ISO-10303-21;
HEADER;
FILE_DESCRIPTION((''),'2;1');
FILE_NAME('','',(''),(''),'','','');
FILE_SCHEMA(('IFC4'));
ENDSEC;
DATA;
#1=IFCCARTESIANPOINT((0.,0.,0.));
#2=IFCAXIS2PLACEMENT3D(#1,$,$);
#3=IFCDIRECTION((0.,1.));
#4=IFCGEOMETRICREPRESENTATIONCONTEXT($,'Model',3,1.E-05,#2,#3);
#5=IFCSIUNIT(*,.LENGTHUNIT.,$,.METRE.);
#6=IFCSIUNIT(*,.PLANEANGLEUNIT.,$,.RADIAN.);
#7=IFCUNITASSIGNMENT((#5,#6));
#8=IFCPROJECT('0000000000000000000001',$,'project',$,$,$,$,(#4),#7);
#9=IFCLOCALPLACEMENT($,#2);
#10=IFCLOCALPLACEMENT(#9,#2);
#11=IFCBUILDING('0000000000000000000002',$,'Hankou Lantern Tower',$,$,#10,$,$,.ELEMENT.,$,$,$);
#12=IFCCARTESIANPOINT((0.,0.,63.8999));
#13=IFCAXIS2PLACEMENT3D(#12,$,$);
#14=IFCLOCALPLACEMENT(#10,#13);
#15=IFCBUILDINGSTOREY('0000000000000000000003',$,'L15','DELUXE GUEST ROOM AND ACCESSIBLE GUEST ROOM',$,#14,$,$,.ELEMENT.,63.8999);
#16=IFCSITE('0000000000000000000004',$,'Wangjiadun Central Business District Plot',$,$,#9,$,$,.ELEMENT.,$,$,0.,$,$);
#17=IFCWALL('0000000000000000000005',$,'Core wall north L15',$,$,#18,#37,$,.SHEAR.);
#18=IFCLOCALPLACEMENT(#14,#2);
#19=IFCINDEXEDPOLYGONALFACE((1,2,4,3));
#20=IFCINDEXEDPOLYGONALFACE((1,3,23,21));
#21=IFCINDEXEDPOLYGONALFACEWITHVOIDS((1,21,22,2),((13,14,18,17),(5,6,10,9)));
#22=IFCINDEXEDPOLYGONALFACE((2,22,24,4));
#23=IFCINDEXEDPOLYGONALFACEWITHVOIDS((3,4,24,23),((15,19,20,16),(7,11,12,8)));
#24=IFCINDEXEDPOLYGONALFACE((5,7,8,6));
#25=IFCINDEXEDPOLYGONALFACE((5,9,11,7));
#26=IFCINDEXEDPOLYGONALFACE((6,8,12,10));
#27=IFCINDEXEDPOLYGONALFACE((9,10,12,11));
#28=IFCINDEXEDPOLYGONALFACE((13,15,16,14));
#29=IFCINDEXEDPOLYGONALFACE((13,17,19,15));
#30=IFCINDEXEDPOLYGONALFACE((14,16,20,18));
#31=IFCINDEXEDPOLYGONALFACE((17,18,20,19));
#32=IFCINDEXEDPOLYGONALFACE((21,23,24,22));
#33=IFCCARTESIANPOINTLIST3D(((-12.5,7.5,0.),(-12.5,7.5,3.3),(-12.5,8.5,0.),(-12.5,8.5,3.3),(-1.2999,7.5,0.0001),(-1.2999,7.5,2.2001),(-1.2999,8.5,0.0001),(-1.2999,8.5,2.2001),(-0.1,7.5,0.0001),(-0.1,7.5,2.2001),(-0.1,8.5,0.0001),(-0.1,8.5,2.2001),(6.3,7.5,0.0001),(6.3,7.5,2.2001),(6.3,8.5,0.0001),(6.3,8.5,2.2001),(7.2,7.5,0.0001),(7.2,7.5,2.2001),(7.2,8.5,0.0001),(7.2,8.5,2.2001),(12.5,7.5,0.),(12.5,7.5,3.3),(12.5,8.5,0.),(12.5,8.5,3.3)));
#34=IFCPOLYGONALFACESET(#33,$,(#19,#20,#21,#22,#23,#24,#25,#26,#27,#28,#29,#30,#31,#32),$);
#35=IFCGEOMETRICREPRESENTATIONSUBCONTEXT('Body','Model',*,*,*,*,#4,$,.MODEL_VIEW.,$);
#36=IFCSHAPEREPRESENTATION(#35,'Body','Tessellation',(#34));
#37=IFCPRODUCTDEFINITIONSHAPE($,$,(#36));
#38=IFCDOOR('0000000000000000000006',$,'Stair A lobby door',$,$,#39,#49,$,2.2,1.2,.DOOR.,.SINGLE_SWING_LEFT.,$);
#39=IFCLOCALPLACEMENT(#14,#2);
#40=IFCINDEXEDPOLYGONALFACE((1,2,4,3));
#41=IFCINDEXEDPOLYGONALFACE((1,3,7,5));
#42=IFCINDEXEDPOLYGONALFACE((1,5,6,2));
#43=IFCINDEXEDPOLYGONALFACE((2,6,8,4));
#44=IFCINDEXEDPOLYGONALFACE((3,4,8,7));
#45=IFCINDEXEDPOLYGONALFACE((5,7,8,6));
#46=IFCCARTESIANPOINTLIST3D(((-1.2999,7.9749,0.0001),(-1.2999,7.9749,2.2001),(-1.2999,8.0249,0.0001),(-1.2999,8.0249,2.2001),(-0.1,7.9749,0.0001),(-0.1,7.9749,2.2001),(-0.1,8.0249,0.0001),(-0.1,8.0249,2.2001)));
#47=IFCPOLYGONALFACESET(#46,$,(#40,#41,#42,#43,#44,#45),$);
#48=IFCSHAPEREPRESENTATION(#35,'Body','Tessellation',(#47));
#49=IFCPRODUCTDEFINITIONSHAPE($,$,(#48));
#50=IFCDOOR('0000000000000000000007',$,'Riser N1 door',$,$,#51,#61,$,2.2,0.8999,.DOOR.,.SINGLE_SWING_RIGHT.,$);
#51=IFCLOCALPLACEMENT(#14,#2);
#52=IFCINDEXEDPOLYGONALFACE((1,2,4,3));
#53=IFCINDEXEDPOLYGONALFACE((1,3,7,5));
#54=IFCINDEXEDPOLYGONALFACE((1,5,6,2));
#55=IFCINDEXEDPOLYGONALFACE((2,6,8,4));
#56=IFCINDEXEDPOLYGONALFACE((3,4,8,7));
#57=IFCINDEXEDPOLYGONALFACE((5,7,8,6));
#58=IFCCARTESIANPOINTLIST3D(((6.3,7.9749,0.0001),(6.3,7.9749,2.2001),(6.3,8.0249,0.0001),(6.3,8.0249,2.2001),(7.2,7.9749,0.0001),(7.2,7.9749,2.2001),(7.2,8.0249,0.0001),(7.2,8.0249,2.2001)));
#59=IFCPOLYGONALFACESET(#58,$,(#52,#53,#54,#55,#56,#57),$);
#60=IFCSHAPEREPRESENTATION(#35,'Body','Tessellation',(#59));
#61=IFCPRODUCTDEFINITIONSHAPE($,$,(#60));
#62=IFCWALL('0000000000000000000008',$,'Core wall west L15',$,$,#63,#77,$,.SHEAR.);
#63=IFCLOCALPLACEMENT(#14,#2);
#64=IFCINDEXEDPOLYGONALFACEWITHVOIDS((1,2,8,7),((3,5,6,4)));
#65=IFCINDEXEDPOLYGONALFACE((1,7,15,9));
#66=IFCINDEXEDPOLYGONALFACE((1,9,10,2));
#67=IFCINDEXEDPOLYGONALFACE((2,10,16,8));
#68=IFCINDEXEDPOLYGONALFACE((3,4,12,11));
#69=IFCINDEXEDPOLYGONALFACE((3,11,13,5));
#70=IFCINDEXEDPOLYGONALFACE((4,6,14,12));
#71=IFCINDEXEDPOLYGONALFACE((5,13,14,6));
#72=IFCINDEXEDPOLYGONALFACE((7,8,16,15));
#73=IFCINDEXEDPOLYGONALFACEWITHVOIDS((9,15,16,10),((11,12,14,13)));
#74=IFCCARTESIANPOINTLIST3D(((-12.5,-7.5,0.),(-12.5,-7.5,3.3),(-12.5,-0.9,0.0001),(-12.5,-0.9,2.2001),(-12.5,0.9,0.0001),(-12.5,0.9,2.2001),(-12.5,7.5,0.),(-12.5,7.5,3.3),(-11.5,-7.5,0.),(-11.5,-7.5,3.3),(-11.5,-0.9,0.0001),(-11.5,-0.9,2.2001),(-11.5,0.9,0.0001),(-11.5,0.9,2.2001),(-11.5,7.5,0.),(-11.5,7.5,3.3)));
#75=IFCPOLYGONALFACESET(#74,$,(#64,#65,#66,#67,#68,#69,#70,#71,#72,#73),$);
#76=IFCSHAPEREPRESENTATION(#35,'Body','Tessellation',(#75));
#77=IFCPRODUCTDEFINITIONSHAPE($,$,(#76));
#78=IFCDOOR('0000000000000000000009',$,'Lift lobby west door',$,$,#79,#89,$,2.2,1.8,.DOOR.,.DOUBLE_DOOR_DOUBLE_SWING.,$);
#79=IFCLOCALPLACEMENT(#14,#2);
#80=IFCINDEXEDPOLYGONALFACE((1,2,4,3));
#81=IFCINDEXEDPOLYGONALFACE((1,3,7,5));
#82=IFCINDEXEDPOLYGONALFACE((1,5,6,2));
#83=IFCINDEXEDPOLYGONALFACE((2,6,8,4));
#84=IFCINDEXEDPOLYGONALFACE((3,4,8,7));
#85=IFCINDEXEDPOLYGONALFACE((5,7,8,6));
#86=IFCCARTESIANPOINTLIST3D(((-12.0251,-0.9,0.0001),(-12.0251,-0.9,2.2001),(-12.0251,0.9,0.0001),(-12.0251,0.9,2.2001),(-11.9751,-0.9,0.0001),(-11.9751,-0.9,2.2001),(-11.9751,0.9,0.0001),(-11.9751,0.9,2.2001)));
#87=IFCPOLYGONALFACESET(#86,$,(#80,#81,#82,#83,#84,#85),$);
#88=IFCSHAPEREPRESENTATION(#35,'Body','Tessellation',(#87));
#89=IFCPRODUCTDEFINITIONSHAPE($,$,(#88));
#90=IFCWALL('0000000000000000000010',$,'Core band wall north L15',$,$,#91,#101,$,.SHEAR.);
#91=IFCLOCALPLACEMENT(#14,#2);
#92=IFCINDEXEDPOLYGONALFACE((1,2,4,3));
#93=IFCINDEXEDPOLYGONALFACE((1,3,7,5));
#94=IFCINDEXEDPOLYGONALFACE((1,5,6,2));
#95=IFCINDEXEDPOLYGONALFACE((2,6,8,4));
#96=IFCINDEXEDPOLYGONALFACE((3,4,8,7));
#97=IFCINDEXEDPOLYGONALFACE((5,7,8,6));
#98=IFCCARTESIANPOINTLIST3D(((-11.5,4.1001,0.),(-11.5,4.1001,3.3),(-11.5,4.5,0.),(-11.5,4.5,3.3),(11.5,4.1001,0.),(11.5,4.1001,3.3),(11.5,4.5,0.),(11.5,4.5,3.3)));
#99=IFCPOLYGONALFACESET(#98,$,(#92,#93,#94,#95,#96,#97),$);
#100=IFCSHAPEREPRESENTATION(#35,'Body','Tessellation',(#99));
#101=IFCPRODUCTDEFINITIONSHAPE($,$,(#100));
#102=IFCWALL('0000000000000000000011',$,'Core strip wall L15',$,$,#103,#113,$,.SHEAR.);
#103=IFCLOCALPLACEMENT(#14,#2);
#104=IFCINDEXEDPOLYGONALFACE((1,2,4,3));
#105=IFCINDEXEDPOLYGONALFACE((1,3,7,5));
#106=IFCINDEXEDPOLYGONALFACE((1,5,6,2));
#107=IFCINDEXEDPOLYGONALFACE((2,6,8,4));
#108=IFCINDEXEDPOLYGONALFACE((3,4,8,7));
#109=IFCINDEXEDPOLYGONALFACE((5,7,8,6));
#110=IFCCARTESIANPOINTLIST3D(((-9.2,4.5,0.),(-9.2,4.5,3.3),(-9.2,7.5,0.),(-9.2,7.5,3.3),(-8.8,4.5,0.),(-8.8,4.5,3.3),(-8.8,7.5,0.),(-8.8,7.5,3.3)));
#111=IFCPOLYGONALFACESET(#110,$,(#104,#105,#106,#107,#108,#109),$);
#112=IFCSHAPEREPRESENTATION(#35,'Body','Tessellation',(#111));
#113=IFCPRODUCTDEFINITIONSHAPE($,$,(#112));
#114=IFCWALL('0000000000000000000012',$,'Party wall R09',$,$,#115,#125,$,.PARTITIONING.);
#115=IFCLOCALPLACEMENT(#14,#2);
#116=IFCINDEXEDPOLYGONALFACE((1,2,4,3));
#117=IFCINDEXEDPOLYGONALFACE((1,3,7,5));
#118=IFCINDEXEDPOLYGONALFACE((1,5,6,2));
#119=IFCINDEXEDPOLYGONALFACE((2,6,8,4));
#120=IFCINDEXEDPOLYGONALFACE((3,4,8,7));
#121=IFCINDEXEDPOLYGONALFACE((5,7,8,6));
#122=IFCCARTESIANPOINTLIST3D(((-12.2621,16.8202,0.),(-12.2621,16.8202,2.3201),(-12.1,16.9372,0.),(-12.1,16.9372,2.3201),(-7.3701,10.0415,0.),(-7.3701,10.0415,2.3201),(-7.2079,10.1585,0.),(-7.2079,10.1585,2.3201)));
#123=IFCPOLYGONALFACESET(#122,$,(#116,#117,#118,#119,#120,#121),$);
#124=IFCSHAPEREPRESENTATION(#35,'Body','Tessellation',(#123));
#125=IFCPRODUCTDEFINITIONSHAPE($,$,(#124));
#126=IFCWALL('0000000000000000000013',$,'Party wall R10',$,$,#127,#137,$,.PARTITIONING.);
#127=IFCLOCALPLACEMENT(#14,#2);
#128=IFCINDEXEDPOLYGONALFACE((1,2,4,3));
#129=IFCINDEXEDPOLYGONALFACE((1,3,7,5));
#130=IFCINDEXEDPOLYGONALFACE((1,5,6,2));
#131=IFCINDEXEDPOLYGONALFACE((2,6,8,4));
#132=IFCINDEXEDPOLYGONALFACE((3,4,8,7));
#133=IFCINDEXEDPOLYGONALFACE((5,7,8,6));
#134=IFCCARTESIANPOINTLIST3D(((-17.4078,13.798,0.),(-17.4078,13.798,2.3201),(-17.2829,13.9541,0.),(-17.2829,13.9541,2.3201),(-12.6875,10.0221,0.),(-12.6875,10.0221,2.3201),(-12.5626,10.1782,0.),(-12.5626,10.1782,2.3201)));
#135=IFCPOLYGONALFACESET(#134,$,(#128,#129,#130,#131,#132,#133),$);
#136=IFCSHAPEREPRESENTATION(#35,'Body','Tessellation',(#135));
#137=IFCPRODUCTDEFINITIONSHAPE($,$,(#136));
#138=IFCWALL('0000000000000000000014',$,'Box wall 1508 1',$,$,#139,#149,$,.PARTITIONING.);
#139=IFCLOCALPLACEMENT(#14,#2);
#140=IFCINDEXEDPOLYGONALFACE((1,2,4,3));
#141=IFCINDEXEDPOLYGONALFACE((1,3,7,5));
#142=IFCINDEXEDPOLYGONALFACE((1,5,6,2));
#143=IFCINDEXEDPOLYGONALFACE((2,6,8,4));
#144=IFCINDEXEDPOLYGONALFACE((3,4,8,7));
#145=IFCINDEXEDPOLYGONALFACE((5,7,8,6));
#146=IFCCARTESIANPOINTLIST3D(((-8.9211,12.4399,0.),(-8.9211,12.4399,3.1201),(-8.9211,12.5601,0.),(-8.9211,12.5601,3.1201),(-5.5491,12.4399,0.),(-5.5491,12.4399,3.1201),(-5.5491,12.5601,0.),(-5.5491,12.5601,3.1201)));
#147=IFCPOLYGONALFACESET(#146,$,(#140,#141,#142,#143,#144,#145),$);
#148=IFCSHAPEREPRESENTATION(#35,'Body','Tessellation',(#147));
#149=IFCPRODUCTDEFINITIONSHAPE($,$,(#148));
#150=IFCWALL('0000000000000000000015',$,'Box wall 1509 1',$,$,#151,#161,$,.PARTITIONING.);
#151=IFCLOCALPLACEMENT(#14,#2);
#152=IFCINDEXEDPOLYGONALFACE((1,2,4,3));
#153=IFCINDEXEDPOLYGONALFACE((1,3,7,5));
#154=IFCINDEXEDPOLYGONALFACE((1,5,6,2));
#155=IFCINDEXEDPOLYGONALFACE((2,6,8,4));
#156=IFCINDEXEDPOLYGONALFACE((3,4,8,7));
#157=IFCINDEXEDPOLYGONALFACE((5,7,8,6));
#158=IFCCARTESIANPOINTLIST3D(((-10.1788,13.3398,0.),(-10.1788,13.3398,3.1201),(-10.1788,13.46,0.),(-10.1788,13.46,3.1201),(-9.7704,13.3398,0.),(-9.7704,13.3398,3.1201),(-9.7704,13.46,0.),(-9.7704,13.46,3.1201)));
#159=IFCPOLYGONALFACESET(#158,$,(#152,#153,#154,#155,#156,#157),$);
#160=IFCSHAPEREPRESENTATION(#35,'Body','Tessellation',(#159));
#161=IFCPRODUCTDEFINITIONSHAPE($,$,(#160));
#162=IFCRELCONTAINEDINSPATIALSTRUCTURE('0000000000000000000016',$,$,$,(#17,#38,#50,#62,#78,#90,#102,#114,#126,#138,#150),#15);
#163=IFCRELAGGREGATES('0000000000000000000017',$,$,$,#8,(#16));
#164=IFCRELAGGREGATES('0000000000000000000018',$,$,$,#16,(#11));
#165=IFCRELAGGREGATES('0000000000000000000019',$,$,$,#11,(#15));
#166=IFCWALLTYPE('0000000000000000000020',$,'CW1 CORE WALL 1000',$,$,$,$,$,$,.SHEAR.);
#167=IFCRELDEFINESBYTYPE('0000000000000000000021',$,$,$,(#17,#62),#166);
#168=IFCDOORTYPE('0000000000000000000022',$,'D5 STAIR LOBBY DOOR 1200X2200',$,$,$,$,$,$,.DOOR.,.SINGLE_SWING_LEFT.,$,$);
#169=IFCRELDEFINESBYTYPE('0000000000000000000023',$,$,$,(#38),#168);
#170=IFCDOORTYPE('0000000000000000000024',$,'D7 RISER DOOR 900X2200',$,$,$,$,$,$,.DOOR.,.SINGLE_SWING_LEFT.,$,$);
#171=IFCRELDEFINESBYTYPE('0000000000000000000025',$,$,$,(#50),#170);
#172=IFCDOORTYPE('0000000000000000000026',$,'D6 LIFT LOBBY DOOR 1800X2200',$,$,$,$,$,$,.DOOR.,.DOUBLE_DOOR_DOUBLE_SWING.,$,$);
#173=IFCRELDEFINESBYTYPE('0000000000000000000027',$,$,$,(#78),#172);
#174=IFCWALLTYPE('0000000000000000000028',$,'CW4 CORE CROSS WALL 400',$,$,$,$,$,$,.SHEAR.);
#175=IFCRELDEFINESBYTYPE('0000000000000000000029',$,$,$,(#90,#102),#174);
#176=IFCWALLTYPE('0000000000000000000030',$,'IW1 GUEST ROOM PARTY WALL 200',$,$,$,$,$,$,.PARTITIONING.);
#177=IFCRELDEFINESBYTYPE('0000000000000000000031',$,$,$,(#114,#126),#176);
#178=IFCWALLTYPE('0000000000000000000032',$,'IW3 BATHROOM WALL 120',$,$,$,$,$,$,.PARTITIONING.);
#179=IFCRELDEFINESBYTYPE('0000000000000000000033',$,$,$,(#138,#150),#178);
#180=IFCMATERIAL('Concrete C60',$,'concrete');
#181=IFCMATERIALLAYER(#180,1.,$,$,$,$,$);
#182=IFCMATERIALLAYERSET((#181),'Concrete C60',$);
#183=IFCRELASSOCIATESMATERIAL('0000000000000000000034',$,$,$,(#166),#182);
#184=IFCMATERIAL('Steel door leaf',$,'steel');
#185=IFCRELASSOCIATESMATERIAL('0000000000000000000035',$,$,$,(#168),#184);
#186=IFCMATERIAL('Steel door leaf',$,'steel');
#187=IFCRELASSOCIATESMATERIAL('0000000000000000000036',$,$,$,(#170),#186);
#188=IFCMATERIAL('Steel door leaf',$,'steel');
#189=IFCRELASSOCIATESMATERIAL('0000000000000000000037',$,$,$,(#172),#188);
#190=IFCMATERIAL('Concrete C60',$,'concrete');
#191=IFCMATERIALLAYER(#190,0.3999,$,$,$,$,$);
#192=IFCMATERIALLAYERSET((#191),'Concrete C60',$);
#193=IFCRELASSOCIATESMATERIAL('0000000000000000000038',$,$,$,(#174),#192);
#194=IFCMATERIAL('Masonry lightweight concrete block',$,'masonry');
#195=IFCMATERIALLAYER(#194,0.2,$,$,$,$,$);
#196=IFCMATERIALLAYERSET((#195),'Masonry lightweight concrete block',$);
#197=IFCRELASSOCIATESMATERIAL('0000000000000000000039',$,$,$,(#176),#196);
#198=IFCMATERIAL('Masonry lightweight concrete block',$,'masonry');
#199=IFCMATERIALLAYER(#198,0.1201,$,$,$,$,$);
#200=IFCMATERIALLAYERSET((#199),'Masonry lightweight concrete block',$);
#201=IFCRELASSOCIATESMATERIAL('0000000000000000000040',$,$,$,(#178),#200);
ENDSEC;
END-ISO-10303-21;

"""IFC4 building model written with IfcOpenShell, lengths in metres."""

from ifc_helpers import new_model, si_unit, direction, frame, frame_2d, origin, place, context, subcontext, project, spatial, rectangle, extrude, material, layer, layer_set, type_object, element, fill, save


model = new_model("IFC4")

# Units and contexts
model_context = context("Model", 3, precision=1e-05, world=origin(), true_north=direction((0.0, 1.0)))
body_context = subcontext(model_context, "Body", "Model", "MODEL_VIEW")
ifc_project = project(units=[si_unit("LENGTHUNIT", "METRE"), si_unit("PLANEANGLEUNIT", "RADIAN")], contexts=[model_context])

# Site, building, storey
site_placement = place(None, origin())
site = spatial("IfcSite", under=ifc_project, at=site_placement, Name="Wangjiadun Central Business District Plot", CompositionType="ELEMENT", RefElevation=0.0)
building_placement = place(site_placement, origin())
building = spatial("IfcBuilding", under=site, at=building_placement, Name="Hankou Lantern Tower", CompositionType="ELEMENT")
storey_placement = place(building_placement, frame((0.0, 0.0, 63.8999)))
storey = spatial("IfcBuildingStorey", under=building, at=storey_placement, Name="L15", Description="DELUXE GUEST ROOM AND ACCESSIBLE GUEST ROOM", CompositionType="ELEMENT", Elevation=63.8999)

# Wall, openings, doors
ifc_material_1 = material(Name="Concrete C60", Category="concrete")
ifc_layer_1 = layer(ifc_material_1, 1.0)
ifc_layer_set_1 = layer_set([ifc_layer_1], Name="Concrete C60")
wall_type_1 = type_object("IfcWallType", Name="CW1 CORE WALL 1000", PredefinedType="SHEAR", material=ifc_layer_set_1)
wall_1_placement = place(storey_placement, frame((-12.5, 8.0, 0.0), z_axis=(0.0, 0.0, 1.0), x_axis=(1.0, 0.0, 0.0)))
wall_1 = element("IfcWall", 1, at=wall_1_placement, inside=storey, type_object=wall_type_1, Name="Core wall north L15", PredefinedType="SHEAR", context=body_context, shape_type="SweptSolid", body=[
    extrude(rectangle(XDim=25.0, YDim=1.0, at=frame_2d((12.5, 0.0))), origin(), (0.0, 0.0, 1.0), 3.3),
])
opening_1_placement = place(wall_1_placement, frame((11.2, 0.0, 0.0)))
opening_1 = element("IfcOpeningElement", 2, at=opening_1_placement, cuts=wall_1, PredefinedType="OPENING", context=body_context, shape_type="SweptSolid", body=[
    extrude(rectangle(XDim=1.2, YDim=2.2, at=frame_2d((0.6001, 1.1001))), frame((0.0, 0.51, 0.0), z_axis=(0.0, -1.0, 0.0), x_axis=(1.0, 0.0, 0.0)), (0.0, 0.0, 1.0), 1.02),
])
opening_2_placement = place(wall_1_placement, frame((18.8, 0.0, 0.0)))
opening_2 = element("IfcOpeningElement", 3, at=opening_2_placement, cuts=wall_1, PredefinedType="OPENING", context=body_context, shape_type="SweptSolid", body=[
    extrude(rectangle(XDim=0.8999, YDim=2.2, at=frame_2d((0.45, 1.1001))), frame((0.0, 0.51, 0.0), z_axis=(0.0, -1.0, 0.0), x_axis=(1.0, 0.0, 0.0)), (0.0, 0.0, 1.0), 1.02),
])
ifc_material_2 = material(Name="Steel door leaf", Category="steel")
door_type_1 = type_object("IfcDoorType", Name="D5 STAIR LOBBY DOOR 1200X2200", OperationType="SINGLE_SWING_LEFT", PredefinedType="DOOR", material=ifc_material_2)
door_1_placement = place(opening_1_placement, origin())
door_1 = element("IfcDoor", 4, at=door_1_placement, inside=storey, type_object=door_type_1, Name="Stair A lobby door", OperationType="SINGLE_SWING_LEFT", OverallHeight=2.2, OverallWidth=1.2, PredefinedType="DOOR", context=body_context, shape_type="SweptSolid", body=[
    extrude(rectangle(XDim=1.2, YDim=2.2, at=frame_2d((0.6001, 1.1001))), frame((0.0, 0.0249, 0.0), z_axis=(0.0, -1.0, 0.0), x_axis=(1.0, 0.0, 0.0)), (0.0, 0.0, 1.0), 0.05),
])
fill(opening_1, door_1)
ifc_material_3 = material(Name="Steel door leaf", Category="steel")
door_type_2 = type_object("IfcDoorType", Name="D7 RISER DOOR 900X2200", OperationType="SINGLE_SWING_LEFT", PredefinedType="DOOR", material=ifc_material_3)
door_2_placement = place(opening_2_placement, origin())
door_2 = element("IfcDoor", 5, at=door_2_placement, inside=storey, type_object=door_type_2, Name="Riser N1 door", OperationType="SINGLE_SWING_RIGHT", OverallHeight=2.2, OverallWidth=0.8999, PredefinedType="DOOR", context=body_context, shape_type="SweptSolid", body=[
    extrude(rectangle(XDim=0.8999, YDim=2.2, at=frame_2d((0.45, 1.1001))), frame((0.0, 0.0249, 0.0), z_axis=(0.0, -1.0, 0.0), x_axis=(1.0, 0.0, 0.0)), (0.0, 0.0, 1.0), 0.05),
])
fill(opening_2, door_2)

# Wall, opening, door
wall_2_placement = place(storey_placement, frame((-12.0, 7.5, 0.0), z_axis=(0.0, 0.0, 1.0), x_axis=(0.0, -1.0, 0.0)))
wall_2 = element("IfcWall", 6, at=wall_2_placement, inside=storey, type_object=wall_type_1, Name="Core wall west L15", PredefinedType="SHEAR", context=body_context, shape_type="SweptSolid", body=[
    extrude(rectangle(XDim=15.0, YDim=1.0, at=frame_2d((7.5, 0.0))), origin(), (0.0, 0.0, 1.0), 3.3),
])
opening_3_placement = place(wall_2_placement, frame((6.6001, 0.0, 0.0)))
opening_3 = element("IfcOpeningElement", 7, at=opening_3_placement, cuts=wall_2, PredefinedType="OPENING", context=body_context, shape_type="SweptSolid", body=[
    extrude(rectangle(XDim=1.8, YDim=2.2, at=frame_2d((0.8999, 1.1001))), frame((0.0, 0.51, 0.0), z_axis=(0.0, -1.0, 0.0), x_axis=(1.0, 0.0, 0.0)), (0.0, 0.0, 1.0), 1.02),
])
ifc_material_4 = material(Name="Steel door leaf", Category="steel")
door_type_3 = type_object("IfcDoorType", Name="D6 LIFT LOBBY DOOR 1800X2200", OperationType="DOUBLE_DOOR_DOUBLE_SWING", PredefinedType="DOOR", material=ifc_material_4)
door_3_placement = place(opening_3_placement, origin())
door_3 = element("IfcDoor", 8, at=door_3_placement, inside=storey, type_object=door_type_3, Name="Lift lobby west door", OperationType="DOUBLE_DOOR_DOUBLE_SWING", OverallHeight=2.2, OverallWidth=1.8, PredefinedType="DOOR", context=body_context, shape_type="SweptSolid", body=[
    extrude(rectangle(XDim=1.8, YDim=2.2, at=frame_2d((0.8999, 1.1001))), frame((0.0, 0.0249, 0.0), z_axis=(0.0, -1.0, 0.0), x_axis=(1.0, 0.0, 0.0)), (0.0, 0.0, 1.0), 0.05),
])
fill(opening_3, door_3)

# Walls
ifc_material_5 = material(Name="Concrete C60", Category="concrete")
ifc_layer_2 = layer(ifc_material_5, 0.3999)
ifc_layer_set_2 = layer_set([ifc_layer_2], Name="Concrete C60")
wall_type_2 = type_object("IfcWallType", Name="CW4 CORE CROSS WALL 400", PredefinedType="SHEAR", material=ifc_layer_set_2)
wall_3_placement = place(storey_placement, frame((-11.5, 4.3, 0.0), z_axis=(0.0, 0.0, 1.0), x_axis=(1.0, 0.0, 0.0)))
element("IfcWall", 9, at=wall_3_placement, inside=storey, type_object=wall_type_2, Name="Core band wall north L15", PredefinedType="SHEAR", context=body_context, shape_type="SweptSolid", body=[
    extrude(rectangle(XDim=23.0, YDim=0.3999, at=frame_2d((11.5, 0.0))), origin(), (0.0, 0.0, 1.0), 3.3),
])
wall_4_placement = place(storey_placement, frame((-9.0, 4.5, 0.0), z_axis=(0.0, 0.0, 1.0), x_axis=(0.0, 1.0, 0.0)))
element("IfcWall", 10, at=wall_4_placement, inside=storey, type_object=wall_type_2, Name="Core strip wall L15", PredefinedType="SHEAR", context=body_context, shape_type="SweptSolid", body=[
    extrude(rectangle(XDim=3.0, YDim=0.3999, at=frame_2d((1.5, 0.0))), origin(), (0.0, 0.0, 1.0), 3.3),
])
ifc_material_6 = material(Name="Masonry lightweight concrete block", Category="masonry")
ifc_layer_3 = layer(ifc_material_6, 0.2)
ifc_layer_set_3 = layer_set([ifc_layer_3], Name="Masonry lightweight concrete block")
wall_type_3 = type_object("IfcWallType", Name="IW1 GUEST ROOM PARTY WALL 200", PredefinedType="PARTITIONING", material=ifc_layer_set_3)
wall_5_placement = place(storey_placement, frame((-7.2891, 10.1001, 0.0), z_axis=(0.0, 0.0, 1.0), x_axis=(-0.585198, 0.81089, 0.0)))
element("IfcWall", 11, at=wall_5_placement, inside=storey, type_object=wall_type_3, Name="Party wall R09", PredefinedType="PARTITIONING", context=body_context, shape_type="SweptSolid", body=[
    extrude(rectangle(XDim=8.3596, YDim=0.2, at=frame_2d((4.1797, 0.0))), origin(), (0.0, 0.0, 1.0), 2.3201),
])
wall_6_placement = place(storey_placement, frame((-12.625, 10.1001, 0.0), z_axis=(0.0, 0.0, 1.0), x_axis=(-0.780892, 0.624665, 0.0)))
element("IfcWall", 12, at=wall_6_placement, inside=storey, type_object=wall_type_3, Name="Party wall R10", PredefinedType="PARTITIONING", context=body_context, shape_type="SweptSolid", body=[
    extrude(rectangle(XDim=6.0447, YDim=0.2, at=frame_2d((3.0225, 0.0))), origin(), (0.0, 0.0, 1.0), 2.3201),
])
ifc_material_7 = material(Name="Masonry lightweight concrete block", Category="masonry")
ifc_layer_4 = layer(ifc_material_7, 0.1201)
ifc_layer_set_4 = layer_set([ifc_layer_4], Name="Masonry lightweight concrete block")
wall_type_4 = type_object("IfcWallType", Name="IW3 BATHROOM WALL 120", PredefinedType="PARTITIONING", material=ifc_layer_set_4)
wall_7_placement = place(storey_placement, frame((-8.9211, 12.5, 0.0), z_axis=(0.0, 0.0, 1.0), x_axis=(1.0, 0.0, 0.0)))
element("IfcWall", 13, at=wall_7_placement, inside=storey, type_object=wall_type_4, Name="Box wall 1508 1", PredefinedType="PARTITIONING", context=body_context, shape_type="SweptSolid", body=[
    extrude(rectangle(XDim=3.3721, YDim=0.1201, at=frame_2d((1.686, 0.0))), origin(), (0.0, 0.0, 1.0), 3.1201),
])
wall_8_placement = place(storey_placement, frame((-9.7705, 13.3999, 0.0), z_axis=(0.0, 0.0, 1.0), x_axis=(-1.0, 0.0, 0.0)))
element("IfcWall", 14, at=wall_8_placement, inside=storey, type_object=wall_type_4, Name="Box wall 1509 1", PredefinedType="PARTITIONING", context=body_context, shape_type="SweptSolid", body=[
    extrude(rectangle(XDim=0.4084, YDim=0.1201, at=frame_2d((0.2041, 0.0))), origin(), (0.0, 0.0, 1.0), 3.1201),
])

save(model, "model.ifc")
